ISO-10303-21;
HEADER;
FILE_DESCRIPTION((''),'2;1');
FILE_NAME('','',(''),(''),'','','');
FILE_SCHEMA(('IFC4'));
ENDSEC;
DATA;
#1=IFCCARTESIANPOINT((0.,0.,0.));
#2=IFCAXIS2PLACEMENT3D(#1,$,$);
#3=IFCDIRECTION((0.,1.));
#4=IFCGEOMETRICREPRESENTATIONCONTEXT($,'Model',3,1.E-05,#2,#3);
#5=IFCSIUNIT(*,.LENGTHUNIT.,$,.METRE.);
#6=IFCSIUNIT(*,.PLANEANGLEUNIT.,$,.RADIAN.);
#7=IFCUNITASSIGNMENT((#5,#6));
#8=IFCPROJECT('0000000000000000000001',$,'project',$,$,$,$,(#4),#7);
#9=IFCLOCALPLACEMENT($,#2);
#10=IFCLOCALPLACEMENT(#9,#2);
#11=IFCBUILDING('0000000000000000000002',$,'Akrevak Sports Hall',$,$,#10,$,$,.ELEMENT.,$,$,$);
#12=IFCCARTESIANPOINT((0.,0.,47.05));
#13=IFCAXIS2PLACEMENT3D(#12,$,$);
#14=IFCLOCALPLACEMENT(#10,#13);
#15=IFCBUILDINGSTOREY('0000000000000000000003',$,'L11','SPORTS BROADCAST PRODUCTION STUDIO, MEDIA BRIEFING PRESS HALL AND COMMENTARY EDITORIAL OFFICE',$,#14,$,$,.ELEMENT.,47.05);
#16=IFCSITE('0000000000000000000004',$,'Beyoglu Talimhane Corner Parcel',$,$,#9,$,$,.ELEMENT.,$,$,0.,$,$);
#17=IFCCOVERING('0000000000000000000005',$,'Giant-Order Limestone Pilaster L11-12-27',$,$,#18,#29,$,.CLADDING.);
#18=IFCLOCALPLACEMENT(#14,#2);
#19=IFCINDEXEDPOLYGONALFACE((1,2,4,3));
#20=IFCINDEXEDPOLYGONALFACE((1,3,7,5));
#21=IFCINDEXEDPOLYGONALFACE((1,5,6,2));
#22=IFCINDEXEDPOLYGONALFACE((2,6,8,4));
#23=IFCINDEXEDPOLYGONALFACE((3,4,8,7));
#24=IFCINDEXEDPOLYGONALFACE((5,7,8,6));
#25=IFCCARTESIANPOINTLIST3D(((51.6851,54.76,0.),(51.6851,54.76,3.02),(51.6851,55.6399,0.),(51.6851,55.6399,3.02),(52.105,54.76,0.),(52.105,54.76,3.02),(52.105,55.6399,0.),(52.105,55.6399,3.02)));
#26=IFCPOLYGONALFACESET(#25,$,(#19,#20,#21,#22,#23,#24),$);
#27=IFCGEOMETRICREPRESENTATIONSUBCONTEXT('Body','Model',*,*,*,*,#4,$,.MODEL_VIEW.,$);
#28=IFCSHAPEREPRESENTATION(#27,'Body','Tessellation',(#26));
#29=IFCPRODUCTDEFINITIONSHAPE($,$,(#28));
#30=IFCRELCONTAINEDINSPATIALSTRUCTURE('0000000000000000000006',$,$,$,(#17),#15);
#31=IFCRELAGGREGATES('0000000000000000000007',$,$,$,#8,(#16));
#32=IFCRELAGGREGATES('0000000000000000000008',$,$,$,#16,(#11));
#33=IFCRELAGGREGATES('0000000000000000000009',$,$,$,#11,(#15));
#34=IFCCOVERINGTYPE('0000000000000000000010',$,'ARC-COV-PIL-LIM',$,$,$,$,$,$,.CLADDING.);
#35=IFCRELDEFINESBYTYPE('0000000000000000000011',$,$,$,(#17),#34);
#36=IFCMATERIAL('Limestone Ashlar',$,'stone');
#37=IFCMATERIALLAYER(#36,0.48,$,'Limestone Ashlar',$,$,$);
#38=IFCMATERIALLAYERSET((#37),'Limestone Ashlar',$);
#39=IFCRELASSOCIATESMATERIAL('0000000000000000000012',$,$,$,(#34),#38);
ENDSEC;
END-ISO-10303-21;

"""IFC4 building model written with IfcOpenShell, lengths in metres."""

from ifc_helpers import new_model, si_unit, direction, frame, origin, origin_2d, place, context, subcontext, project, spatial, rectangle, extrude, material, layer, layer_set, type_object, element, save


model = new_model("IFC4")

# Units and contexts
model_context = context("Model", 3, precision=1e-05, world=origin(), true_north=direction((0.0, 1.0)))
body_context = subcontext(model_context, "Body", "Model", "MODEL_VIEW")
ifc_project = project(units=[si_unit("LENGTHUNIT", "METRE"), si_unit("PLANEANGLEUNIT", "RADIAN")], contexts=[model_context])

# Site, building, storey
site_placement = place(None, origin())
site = spatial("IfcSite", under=ifc_project, at=site_placement, Name="Beyoglu Talimhane Corner Parcel", CompositionType="ELEMENT", RefElevation=0.0)
building_placement = place(site_placement, origin())
building = spatial("IfcBuilding", under=site, at=building_placement, Name="Akrevak Sports Hall", CompositionType="ELEMENT")
storey_placement = place(building_placement, frame((0.0, 0.0, 47.05)))
storey = spatial("IfcBuildingStorey", under=building, at=storey_placement, Name="L11", Description="SPORTS BROADCAST PRODUCTION STUDIO, MEDIA BRIEFING PRESS HALL AND COMMENTARY EDITORIAL OFFICE", CompositionType="ELEMENT", Elevation=47.05)

# Covering
ifc_material_1 = material(Name="Limestone Ashlar", Category="stone")
ifc_layer_1 = layer(ifc_material_1, 0.48, Name="Limestone Ashlar")
ifc_layer_set_1 = layer_set([ifc_layer_1], Name="Limestone Ashlar")
covering_type = type_object("IfcCoveringType", Name="ARC-COV-PIL-LIM", PredefinedType="CLADDING", material=ifc_layer_set_1)
for number, where, z_axis, x_axis, name in (
    (1, (51.895, 55.2, 0.0), (0.0, 0.0, 1.0), (0.0, -1.0, 0.0), "Giant-Order Limestone Pilaster L11-12-27"),
):
    element("IfcCovering", number, at=place(storey_placement, frame(where, z_axis=z_axis, x_axis=x_axis)), inside=storey, type_object=covering_type, Name=name, PredefinedType="CLADDING", context=body_context, shape_type="SweptSolid", body=[
        extrude(rectangle(XDim=0.8799, YDim=0.4199, at=origin_2d()), origin(), (0.0, 0.0, 1.0), 3.02),
    ])

save(model, "model.ifc")
